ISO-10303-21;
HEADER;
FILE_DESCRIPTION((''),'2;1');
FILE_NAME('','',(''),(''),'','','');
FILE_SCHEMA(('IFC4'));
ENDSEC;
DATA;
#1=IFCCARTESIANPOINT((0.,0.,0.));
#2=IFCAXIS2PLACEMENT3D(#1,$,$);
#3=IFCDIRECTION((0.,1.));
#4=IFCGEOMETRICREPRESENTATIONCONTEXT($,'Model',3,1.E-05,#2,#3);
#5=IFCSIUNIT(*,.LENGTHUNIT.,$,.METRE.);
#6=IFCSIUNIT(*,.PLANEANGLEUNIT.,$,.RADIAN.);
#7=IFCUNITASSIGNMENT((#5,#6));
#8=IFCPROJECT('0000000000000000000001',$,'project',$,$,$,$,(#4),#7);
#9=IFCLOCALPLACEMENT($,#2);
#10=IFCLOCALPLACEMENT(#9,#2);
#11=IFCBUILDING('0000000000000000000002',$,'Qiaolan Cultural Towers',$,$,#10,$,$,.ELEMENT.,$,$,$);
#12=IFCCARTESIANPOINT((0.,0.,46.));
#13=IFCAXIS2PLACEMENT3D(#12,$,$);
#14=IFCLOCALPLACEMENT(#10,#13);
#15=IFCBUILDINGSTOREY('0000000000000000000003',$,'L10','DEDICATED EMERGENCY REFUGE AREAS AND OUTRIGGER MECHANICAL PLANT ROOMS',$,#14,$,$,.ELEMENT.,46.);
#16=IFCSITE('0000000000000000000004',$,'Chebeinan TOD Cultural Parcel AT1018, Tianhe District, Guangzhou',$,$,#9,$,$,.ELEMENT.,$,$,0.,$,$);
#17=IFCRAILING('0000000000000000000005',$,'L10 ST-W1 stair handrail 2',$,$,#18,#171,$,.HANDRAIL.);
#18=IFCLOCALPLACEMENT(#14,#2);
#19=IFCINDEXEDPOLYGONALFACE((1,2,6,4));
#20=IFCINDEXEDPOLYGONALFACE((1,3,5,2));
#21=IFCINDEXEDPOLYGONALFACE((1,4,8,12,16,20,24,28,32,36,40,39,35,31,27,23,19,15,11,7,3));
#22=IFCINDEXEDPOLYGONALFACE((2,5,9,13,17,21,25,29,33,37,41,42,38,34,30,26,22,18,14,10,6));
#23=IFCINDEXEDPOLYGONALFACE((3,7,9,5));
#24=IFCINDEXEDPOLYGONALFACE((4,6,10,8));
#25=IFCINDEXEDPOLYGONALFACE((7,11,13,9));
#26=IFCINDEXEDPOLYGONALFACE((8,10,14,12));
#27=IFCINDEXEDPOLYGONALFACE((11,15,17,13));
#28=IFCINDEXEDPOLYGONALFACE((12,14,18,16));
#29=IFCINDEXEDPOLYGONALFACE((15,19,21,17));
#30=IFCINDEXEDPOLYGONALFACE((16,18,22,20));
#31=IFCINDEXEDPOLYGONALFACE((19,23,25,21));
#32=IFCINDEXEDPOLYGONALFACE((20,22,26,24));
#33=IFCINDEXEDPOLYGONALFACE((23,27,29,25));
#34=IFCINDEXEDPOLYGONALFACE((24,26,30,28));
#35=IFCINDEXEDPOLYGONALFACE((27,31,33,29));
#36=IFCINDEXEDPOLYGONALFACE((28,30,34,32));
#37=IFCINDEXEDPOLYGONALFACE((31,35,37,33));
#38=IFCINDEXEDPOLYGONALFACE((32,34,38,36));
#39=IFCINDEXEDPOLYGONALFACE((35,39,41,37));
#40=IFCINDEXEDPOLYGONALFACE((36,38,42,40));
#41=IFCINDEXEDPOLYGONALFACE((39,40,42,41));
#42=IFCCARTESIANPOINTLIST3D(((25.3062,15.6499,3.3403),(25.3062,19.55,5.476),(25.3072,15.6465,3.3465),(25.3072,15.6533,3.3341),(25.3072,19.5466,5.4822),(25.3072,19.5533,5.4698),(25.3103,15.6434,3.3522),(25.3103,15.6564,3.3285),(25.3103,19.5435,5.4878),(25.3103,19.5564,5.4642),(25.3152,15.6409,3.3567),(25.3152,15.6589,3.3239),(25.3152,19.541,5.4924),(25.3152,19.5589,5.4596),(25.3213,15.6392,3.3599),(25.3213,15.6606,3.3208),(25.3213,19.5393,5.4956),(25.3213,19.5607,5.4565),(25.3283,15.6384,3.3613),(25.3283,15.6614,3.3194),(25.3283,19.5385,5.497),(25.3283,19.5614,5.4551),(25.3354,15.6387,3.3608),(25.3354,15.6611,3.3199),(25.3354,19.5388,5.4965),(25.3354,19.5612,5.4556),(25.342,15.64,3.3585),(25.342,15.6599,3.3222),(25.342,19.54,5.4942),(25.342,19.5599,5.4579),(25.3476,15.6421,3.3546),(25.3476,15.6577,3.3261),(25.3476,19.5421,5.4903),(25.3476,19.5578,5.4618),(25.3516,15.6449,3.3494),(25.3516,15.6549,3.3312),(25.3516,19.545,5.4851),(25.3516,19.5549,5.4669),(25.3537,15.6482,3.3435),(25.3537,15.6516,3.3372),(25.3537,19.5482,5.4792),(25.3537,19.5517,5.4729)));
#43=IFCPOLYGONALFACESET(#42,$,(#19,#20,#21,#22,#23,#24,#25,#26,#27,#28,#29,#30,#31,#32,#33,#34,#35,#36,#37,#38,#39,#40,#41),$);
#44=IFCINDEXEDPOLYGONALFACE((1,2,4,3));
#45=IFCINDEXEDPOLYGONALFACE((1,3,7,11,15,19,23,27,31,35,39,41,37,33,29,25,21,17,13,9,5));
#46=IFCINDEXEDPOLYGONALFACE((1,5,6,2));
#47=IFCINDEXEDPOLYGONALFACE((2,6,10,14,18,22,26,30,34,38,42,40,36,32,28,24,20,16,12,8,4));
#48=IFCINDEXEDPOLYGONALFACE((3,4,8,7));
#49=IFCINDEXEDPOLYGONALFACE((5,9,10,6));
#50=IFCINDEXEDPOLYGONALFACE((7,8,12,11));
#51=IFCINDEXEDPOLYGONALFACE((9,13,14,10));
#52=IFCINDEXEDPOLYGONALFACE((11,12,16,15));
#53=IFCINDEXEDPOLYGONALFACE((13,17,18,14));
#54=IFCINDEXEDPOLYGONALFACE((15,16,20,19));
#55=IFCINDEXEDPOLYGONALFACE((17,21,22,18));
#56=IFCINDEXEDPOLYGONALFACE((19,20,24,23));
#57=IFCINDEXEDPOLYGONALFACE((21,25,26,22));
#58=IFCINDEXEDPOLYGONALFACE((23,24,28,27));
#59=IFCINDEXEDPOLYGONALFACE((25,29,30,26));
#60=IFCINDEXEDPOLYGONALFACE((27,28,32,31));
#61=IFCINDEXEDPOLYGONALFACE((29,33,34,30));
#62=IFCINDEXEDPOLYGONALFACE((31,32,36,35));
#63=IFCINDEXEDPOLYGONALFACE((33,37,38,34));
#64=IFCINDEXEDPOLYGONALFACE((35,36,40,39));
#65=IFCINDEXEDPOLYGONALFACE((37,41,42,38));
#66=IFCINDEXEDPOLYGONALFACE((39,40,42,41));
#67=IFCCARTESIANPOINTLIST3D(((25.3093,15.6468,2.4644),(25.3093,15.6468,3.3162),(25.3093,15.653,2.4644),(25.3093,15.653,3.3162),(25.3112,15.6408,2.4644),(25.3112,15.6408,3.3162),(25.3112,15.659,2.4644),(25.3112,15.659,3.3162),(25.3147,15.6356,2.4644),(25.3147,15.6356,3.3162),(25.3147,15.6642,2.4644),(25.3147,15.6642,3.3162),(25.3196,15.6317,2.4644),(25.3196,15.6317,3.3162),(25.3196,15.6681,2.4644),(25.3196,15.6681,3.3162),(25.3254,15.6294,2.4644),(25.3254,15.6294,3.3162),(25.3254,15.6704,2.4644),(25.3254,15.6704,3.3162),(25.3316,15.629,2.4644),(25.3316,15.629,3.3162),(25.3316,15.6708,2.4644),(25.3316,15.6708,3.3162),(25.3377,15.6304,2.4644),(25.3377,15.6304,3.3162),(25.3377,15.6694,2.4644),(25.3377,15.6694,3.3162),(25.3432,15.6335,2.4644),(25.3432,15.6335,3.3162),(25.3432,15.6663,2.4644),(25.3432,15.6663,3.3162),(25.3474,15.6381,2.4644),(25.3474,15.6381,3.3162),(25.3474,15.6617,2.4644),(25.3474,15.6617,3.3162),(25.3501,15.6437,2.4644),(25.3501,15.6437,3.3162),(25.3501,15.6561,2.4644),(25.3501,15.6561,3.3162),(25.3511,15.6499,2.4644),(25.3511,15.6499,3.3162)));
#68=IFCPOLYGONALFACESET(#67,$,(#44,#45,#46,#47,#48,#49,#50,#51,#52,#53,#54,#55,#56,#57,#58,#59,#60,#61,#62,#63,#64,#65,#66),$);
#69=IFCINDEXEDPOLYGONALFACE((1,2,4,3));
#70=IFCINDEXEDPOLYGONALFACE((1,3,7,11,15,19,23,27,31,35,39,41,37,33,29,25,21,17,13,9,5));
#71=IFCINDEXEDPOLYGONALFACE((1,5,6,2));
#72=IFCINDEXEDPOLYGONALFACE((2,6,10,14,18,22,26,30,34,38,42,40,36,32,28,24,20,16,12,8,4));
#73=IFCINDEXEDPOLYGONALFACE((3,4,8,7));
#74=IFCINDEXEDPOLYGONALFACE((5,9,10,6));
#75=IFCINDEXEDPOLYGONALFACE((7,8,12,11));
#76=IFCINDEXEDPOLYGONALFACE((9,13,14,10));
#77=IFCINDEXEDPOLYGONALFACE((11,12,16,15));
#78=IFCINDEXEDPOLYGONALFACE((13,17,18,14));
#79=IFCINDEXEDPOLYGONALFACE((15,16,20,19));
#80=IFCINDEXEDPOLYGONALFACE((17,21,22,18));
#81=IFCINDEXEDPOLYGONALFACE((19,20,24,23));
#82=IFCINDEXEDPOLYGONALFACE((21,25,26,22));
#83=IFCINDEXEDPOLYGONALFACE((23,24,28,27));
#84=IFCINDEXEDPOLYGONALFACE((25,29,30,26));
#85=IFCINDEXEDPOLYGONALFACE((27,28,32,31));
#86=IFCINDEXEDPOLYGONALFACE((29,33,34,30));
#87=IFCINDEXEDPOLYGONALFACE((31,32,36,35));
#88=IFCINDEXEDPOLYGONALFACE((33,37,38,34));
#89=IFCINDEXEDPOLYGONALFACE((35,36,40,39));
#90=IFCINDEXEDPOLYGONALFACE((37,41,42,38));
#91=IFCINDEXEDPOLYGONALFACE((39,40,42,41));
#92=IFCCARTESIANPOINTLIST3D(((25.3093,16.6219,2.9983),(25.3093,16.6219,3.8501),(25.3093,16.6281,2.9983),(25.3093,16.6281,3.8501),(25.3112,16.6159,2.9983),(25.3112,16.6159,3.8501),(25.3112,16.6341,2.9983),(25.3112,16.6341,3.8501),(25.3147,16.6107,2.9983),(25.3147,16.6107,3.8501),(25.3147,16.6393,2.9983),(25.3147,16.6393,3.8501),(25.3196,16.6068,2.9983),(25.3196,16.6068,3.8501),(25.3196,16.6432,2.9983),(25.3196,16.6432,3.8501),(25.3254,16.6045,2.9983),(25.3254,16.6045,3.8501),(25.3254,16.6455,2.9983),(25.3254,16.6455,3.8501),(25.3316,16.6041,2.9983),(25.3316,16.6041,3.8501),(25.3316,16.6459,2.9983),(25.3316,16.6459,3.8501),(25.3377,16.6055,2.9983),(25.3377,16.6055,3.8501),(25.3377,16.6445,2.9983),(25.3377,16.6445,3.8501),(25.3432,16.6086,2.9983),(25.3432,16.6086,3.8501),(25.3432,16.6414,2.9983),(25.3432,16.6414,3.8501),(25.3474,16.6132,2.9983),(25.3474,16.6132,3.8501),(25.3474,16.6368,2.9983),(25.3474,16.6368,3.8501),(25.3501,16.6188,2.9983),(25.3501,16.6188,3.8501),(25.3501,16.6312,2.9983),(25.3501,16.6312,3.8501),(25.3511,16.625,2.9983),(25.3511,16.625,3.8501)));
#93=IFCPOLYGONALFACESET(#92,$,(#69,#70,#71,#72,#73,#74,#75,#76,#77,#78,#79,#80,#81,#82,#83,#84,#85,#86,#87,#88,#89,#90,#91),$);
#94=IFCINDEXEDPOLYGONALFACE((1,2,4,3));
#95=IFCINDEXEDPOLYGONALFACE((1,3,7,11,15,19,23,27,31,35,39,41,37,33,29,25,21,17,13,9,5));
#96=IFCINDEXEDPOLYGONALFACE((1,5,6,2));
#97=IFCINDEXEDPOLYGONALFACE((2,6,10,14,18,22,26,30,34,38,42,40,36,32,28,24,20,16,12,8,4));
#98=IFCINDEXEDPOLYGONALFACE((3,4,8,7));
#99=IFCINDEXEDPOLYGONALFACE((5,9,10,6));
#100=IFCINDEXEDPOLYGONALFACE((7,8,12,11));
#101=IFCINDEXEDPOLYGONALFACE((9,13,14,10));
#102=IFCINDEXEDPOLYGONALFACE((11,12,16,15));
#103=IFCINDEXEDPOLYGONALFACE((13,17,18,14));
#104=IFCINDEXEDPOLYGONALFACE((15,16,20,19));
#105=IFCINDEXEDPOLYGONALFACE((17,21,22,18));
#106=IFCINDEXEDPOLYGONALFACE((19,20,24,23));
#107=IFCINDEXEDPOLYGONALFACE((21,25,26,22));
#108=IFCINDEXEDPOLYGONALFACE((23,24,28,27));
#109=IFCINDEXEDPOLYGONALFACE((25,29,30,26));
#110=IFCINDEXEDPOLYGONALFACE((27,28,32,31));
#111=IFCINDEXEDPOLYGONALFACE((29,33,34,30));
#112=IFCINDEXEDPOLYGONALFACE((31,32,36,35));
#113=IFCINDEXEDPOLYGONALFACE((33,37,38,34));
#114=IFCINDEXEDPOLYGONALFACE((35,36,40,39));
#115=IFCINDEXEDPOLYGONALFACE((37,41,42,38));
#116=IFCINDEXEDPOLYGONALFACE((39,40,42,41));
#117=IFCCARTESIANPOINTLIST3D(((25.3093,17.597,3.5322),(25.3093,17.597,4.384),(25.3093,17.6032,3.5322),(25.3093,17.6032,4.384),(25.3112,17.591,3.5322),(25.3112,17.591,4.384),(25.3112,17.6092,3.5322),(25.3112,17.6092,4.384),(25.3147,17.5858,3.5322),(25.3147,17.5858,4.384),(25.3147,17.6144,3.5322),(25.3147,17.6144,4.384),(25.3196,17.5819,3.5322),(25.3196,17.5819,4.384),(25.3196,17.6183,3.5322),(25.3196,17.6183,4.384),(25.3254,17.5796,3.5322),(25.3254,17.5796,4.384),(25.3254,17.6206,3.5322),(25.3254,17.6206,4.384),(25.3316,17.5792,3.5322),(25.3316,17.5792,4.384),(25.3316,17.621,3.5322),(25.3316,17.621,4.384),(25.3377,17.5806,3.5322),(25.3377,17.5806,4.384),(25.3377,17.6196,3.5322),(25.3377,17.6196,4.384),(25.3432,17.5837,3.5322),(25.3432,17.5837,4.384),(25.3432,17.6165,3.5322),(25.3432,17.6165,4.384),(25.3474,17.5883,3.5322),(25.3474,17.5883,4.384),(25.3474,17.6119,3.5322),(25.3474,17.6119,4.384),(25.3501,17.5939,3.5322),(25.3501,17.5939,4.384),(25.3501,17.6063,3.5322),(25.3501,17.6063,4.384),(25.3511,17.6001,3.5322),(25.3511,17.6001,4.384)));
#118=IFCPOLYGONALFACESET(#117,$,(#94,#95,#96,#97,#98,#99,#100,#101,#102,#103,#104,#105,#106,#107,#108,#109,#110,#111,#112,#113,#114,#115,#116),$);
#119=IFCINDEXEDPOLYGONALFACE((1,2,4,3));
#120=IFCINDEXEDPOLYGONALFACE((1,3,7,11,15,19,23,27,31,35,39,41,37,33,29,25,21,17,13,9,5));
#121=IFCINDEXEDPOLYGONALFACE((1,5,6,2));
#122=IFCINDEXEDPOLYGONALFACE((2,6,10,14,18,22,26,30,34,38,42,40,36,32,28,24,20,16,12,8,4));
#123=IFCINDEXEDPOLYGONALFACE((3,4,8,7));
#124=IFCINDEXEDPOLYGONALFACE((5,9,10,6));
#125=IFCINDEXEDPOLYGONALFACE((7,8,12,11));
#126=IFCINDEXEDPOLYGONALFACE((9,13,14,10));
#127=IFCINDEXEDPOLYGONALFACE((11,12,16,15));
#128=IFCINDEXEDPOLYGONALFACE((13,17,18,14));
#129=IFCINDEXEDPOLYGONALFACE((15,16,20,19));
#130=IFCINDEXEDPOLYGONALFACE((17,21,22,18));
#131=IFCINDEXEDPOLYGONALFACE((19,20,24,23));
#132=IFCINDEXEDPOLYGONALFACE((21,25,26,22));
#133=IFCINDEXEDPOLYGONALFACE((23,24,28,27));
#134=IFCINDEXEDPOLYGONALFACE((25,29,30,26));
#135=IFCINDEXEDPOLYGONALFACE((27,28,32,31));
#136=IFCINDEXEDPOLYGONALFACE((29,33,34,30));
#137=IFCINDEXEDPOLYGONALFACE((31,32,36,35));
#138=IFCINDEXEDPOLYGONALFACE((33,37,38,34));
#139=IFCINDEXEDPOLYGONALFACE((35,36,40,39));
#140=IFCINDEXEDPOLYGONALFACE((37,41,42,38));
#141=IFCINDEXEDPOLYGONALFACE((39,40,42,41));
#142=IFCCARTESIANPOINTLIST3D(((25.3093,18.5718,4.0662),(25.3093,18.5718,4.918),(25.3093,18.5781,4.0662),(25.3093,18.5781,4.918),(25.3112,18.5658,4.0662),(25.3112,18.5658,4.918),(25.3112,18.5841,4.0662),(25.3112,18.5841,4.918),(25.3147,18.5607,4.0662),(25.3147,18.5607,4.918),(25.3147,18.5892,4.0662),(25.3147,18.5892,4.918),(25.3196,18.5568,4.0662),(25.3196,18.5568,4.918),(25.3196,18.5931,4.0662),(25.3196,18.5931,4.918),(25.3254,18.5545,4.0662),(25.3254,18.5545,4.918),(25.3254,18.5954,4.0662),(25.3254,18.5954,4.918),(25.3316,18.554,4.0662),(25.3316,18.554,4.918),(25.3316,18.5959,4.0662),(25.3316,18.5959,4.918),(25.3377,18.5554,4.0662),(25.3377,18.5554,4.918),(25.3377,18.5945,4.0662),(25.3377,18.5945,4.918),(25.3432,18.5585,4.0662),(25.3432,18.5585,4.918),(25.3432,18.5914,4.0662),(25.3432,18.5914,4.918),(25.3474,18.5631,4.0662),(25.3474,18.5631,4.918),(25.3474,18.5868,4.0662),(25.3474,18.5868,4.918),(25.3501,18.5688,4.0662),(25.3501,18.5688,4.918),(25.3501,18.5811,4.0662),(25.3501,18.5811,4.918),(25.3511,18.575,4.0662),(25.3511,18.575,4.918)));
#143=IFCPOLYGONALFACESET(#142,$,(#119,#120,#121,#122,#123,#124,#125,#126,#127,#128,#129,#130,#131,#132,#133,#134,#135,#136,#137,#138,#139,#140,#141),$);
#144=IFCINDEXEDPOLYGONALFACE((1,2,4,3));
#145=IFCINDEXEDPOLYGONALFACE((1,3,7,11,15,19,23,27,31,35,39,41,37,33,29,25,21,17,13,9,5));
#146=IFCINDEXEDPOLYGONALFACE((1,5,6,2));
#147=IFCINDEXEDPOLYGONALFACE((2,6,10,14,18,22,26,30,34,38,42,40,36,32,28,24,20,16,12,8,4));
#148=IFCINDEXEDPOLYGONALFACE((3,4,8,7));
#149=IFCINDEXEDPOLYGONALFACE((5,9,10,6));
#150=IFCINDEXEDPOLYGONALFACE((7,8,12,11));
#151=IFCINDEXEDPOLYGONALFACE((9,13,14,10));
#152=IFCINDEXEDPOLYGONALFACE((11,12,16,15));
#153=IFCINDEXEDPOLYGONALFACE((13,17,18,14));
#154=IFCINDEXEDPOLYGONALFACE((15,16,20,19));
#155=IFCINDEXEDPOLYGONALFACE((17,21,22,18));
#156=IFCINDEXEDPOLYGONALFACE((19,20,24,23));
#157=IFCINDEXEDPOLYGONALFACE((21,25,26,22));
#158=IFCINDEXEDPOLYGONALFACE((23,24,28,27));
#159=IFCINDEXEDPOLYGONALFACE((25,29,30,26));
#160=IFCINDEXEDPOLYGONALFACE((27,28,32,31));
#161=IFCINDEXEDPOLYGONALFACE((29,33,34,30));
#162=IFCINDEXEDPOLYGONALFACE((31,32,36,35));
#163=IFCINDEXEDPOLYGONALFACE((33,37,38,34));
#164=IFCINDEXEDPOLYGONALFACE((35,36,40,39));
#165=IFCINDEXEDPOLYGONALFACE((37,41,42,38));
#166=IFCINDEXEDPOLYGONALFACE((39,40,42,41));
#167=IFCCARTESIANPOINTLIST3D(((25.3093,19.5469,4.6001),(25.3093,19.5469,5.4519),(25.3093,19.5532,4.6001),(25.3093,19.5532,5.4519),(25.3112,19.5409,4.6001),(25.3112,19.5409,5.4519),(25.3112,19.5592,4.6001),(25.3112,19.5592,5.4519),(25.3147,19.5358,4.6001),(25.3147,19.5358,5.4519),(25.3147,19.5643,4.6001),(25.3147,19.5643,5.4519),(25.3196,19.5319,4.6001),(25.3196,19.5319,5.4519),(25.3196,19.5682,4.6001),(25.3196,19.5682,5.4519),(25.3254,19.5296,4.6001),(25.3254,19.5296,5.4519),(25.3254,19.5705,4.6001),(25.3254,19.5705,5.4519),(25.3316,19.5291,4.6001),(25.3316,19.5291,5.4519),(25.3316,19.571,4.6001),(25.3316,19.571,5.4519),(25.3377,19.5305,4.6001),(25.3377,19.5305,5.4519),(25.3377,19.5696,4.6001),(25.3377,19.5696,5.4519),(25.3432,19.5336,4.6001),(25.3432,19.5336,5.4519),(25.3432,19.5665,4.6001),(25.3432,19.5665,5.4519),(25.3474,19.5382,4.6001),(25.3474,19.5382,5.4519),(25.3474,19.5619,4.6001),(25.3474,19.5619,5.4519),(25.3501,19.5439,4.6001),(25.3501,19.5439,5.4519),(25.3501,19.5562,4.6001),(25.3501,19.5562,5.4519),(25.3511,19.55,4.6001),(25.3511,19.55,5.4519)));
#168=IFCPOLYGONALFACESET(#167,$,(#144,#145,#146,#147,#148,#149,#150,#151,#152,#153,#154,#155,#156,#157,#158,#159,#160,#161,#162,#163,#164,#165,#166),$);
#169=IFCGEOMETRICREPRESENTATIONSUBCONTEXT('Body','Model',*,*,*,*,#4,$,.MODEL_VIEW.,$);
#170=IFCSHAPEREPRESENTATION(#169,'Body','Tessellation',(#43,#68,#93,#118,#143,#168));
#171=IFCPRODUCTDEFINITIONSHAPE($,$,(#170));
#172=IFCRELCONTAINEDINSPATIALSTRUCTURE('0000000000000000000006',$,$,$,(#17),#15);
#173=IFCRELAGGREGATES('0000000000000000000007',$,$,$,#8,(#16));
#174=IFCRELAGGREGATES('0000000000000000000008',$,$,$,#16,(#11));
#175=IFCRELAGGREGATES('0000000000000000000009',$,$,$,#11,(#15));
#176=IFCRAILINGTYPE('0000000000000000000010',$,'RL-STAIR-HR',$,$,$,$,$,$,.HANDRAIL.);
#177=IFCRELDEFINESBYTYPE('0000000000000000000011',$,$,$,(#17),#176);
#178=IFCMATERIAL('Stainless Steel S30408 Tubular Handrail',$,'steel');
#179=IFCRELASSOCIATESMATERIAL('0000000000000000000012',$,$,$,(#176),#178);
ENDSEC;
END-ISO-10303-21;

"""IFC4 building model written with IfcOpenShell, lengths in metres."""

from ifc_helpers import new_model, si_unit, direction, frame, origin, origin_2d, place, context, subcontext, project, spatial, circle, extrude, material, type_object, element, save


model = new_model("IFC4")

# Units and contexts
model_context = context("Model", 3, precision=1e-05, world=origin(), true_north=direction((0.0, 1.0)))
body_context = subcontext(model_context, "Body", "Model", "MODEL_VIEW")
ifc_project = project(units=[si_unit("LENGTHUNIT", "METRE"), si_unit("PLANEANGLEUNIT", "RADIAN")], contexts=[model_context])

# Site, building, storey
site_placement = place(None, origin())
site = spatial("IfcSite", under=ifc_project, at=site_placement, Name="Chebeinan TOD Cultural Parcel AT1018, Tianhe District, Guangzhou", CompositionType="ELEMENT", RefElevation=0.0)
building_placement = place(site_placement, origin())
building = spatial("IfcBuilding", under=site, at=building_placement, Name="Qiaolan Cultural Towers", CompositionType="ELEMENT")
storey_placement = place(building_placement, frame((0.0, 0.0, 46.0)))
storey = spatial("IfcBuildingStorey", under=building, at=storey_placement, Name="L10", Description="DEDICATED EMERGENCY REFUGE AREAS AND OUTRIGGER MECHANICAL PLANT ROOMS", CompositionType="ELEMENT", Elevation=46.0)

# Railing
ifc_material_1 = material(Name="Stainless Steel S30408 Tubular Handrail", Category="steel")
railing_type = type_object("IfcRailingType", Name="RL-STAIR-HR", PredefinedType="HANDRAIL", material=ifc_material_1)
railing_placement = place(storey_placement, frame((25.3301, 15.6499, 2.4644)))
element("IfcRailing", 1, at=railing_placement, inside=storey, type_object=railing_type, Name="L10 ST-W1 stair handrail 2", PredefinedType="HANDRAIL", context=body_context, shape_type="SweptSolid", body=[
    extrude(circle(Radius=0.0239, at=origin_2d()), frame((0.0, 0.0, 0.876), z_axis=(0.0, 0.877101, 0.480306), x_axis=(-1.0, 0.0, 0.0)), (0.0, 0.0, 1.0), 4.4465),
    extrude(circle(Radius=0.021, at=origin_2d()), origin(), (0.0, 0.0, 1.0), 0.8518),
    extrude(circle(Radius=0.021, at=origin_2d()), frame((0.0, 0.9751, 0.5339)), (0.0, 0.0, 1.0), 0.8518),
    extrude(circle(Radius=0.021, at=origin_2d()), frame((0.0, 1.9502, 1.0679)), (0.0, 0.0, 1.0), 0.8518),
    extrude(circle(Radius=0.021, at=origin_2d()), frame((0.0, 2.925, 1.6018)), (0.0, 0.0, 1.0), 0.8518),
    extrude(circle(Radius=0.021, at=origin_2d()), frame((0.0, 3.9001, 2.1357)), (0.0, 0.0, 1.0), 0.8518),
])

save(model, "model.ifc")
